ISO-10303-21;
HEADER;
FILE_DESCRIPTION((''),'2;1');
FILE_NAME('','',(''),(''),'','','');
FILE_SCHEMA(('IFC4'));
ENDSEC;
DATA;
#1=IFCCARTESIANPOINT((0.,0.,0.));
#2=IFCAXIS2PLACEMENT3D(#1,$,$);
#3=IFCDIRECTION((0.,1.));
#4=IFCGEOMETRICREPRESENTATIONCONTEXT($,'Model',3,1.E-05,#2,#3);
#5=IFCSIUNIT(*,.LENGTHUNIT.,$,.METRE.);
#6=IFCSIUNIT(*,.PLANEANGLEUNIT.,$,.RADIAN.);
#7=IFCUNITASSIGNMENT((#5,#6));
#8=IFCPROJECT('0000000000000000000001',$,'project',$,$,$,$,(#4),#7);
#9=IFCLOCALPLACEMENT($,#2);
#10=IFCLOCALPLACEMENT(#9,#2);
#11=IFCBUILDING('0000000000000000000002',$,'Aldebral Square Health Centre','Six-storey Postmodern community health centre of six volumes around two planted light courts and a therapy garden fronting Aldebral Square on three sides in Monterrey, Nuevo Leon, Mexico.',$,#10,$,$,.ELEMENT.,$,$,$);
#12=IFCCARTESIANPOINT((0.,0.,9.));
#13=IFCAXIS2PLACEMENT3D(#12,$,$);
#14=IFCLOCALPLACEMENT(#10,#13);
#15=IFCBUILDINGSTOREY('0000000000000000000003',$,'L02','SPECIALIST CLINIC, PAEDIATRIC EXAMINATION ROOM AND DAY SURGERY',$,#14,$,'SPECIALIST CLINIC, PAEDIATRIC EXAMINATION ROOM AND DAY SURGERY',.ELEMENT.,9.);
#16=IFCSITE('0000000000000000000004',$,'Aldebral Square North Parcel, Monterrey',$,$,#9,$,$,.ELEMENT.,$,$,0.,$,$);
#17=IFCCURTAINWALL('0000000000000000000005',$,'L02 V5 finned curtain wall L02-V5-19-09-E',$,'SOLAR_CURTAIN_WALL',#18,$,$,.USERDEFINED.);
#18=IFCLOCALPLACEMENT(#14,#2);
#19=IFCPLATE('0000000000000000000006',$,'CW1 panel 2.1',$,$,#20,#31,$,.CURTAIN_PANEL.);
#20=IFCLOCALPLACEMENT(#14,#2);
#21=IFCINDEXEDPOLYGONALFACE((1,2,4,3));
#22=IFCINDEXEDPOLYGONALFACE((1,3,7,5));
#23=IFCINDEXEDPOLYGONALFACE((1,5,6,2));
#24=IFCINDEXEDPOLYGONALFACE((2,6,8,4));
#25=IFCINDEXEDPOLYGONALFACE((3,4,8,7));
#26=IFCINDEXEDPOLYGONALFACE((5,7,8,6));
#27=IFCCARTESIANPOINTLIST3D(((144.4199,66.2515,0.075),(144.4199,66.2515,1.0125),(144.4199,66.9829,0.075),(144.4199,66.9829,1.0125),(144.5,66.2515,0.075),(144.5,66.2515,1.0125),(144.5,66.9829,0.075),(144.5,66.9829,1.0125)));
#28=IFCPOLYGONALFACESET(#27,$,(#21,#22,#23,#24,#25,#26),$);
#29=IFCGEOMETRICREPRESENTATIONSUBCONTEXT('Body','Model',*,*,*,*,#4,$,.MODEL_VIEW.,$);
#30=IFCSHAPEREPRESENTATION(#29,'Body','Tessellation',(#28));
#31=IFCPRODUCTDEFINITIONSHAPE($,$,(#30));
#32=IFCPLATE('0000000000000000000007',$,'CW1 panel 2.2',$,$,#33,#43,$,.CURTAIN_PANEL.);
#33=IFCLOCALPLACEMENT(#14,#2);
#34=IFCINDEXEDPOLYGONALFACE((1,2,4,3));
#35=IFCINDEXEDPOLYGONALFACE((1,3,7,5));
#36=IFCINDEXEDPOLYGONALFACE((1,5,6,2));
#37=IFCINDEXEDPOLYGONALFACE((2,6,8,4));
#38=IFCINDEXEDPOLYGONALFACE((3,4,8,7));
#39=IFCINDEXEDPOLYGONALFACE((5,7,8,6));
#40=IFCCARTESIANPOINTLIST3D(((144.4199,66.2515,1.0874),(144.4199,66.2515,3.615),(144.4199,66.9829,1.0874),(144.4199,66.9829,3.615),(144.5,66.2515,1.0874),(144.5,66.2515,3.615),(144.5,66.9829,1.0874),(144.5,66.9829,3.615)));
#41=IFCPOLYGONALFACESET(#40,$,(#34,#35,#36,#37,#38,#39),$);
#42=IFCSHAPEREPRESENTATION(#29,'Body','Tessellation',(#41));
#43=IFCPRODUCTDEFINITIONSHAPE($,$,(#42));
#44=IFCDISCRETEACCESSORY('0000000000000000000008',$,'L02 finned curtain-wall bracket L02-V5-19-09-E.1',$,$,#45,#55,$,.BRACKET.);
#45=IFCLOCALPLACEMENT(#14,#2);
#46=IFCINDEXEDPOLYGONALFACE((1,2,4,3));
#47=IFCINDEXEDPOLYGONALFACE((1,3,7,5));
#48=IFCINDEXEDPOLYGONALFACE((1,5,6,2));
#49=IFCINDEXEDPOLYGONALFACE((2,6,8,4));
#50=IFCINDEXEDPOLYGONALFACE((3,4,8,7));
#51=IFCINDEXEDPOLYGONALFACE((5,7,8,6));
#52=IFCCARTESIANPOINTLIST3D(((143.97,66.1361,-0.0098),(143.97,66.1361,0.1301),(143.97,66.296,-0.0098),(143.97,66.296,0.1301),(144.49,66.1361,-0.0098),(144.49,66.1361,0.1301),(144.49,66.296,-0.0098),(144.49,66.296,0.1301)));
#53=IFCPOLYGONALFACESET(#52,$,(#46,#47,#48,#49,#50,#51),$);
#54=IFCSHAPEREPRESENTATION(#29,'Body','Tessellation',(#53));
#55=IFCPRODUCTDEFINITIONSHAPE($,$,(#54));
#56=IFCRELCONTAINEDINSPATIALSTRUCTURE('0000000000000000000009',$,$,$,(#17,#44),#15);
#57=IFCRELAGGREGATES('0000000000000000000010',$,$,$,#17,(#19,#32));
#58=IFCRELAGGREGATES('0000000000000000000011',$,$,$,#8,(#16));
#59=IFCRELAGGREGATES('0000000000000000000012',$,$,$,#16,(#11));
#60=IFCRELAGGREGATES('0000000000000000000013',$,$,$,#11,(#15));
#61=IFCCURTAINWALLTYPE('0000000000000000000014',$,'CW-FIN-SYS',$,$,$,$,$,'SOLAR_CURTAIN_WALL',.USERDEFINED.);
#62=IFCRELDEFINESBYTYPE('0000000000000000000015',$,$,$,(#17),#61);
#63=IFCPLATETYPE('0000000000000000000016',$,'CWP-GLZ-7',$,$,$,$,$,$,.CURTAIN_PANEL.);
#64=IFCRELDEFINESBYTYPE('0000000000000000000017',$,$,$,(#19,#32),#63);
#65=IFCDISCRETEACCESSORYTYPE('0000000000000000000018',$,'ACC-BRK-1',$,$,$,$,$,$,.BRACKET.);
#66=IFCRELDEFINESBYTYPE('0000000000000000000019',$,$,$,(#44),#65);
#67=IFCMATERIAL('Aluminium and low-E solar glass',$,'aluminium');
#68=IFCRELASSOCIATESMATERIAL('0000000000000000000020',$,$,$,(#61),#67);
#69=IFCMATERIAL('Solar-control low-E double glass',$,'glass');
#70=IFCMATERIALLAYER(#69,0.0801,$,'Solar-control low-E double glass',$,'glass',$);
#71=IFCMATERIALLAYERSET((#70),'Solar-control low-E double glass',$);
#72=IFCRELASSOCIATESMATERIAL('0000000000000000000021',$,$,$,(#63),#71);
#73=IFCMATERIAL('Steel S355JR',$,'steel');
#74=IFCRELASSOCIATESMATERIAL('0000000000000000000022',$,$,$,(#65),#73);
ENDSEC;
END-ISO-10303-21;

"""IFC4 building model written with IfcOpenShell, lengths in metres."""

from ifc_helpers import new_model, si_unit, direction, frame, origin, origin_2d, place, context, subcontext, project, spatial, rectangle, extrude, material, layer, layer_set, type_object, element, aggregate, save


model = new_model("IFC4")

# Units and contexts
model_context = context("Model", 3, precision=1e-05, world=origin(), true_north=direction((0.0, 1.0)))
body_context = subcontext(model_context, "Body", "Model", "MODEL_VIEW")
ifc_project = project(units=[si_unit("LENGTHUNIT", "METRE"), si_unit("PLANEANGLEUNIT", "RADIAN")], contexts=[model_context])

# Site, building, storey
site_placement = place(None, origin())
site = spatial("IfcSite", under=ifc_project, at=site_placement, Name="Aldebral Square North Parcel, Monterrey", CompositionType="ELEMENT", RefElevation=0.0)
building_placement = place(site_placement, origin())
building = spatial("IfcBuilding", under=site, at=building_placement, Name="Aldebral Square Health Centre", Description="Six-storey Postmodern community health centre of six volumes around two planted light courts and a therapy garden fronting Aldebral Square on three sides in Monterrey, Nuevo Leon, Mexico.", CompositionType="ELEMENT")
storey_placement = place(building_placement, frame((0.0, 0.0, 9.0)))
storey = spatial("IfcBuildingStorey", under=building, at=storey_placement, Name="L02", Description="SPECIALIST CLINIC, PAEDIATRIC EXAMINATION ROOM AND DAY SURGERY", LongName="SPECIALIST CLINIC, PAEDIATRIC EXAMINATION ROOM AND DAY SURGERY", CompositionType="ELEMENT", Elevation=9.0)

# Curtain wall, plates
ifc_material_1 = material(Name="Aluminium and low-E solar glass", Category="aluminium")
curtain_wall_type = type_object("IfcCurtainWallType", Name="CW-FIN-SYS", ElementType="SOLAR_CURTAIN_WALL", PredefinedType="USERDEFINED", material=ifc_material_1)
curtain_wall_placement = place(storey_placement, origin())
curtain_wall = element("IfcCurtainWall", 1, at=curtain_wall_placement, inside=storey, type_object=curtain_wall_type, Name="L02 V5 finned curtain wall L02-V5-19-09-E", ObjectType="SOLAR_CURTAIN_WALL", PredefinedType="USERDEFINED")
ifc_material_2 = material(Name="Solar-control low-E double glass", Category="glass")
ifc_layer_1 = layer(ifc_material_2, 0.0801, Name="Solar-control low-E double glass", Category="glass")
ifc_layer_set_1 = layer_set([ifc_layer_1], Name="Solar-control low-E double glass")
plate_type = type_object("IfcPlateType", Name="CWP-GLZ-7", PredefinedType="CURTAIN_PANEL", material=ifc_layer_set_1)
plate_1_placement = place(storey_placement, frame((144.46, 66.6172, 0.075), z_axis=(0.0, 0.0, 1.0), x_axis=(0.0, 1.0, 0.0)))
plate_1 = element("IfcPlate", 2, at=plate_1_placement, type_object=plate_type, Name="CW1 panel 2.1", PredefinedType="CURTAIN_PANEL", context=body_context, shape_type="SweptSolid", body=[
    extrude(rectangle(XDim=0.7314, YDim=0.0801, at=origin_2d()), origin(), (0.0, 0.0, 1.0), 0.9375),
])
plate_2_placement = place(storey_placement, frame((144.46, 66.6172, 1.0874), z_axis=(0.0, 0.0, 1.0), x_axis=(0.0, 1.0, 0.0)))
plate_2 = element("IfcPlate", 3, at=plate_2_placement, type_object=plate_type, Name="CW1 panel 2.2", PredefinedType="CURTAIN_PANEL", context=body_context, shape_type="SweptSolid", body=[
    extrude(rectangle(XDim=0.7314, YDim=0.0801, at=origin_2d()), origin(), (0.0, 0.0, 1.0), 2.5276),
])
aggregate(curtain_wall, [plate_1, plate_2])

# Discrete accessory
ifc_material_3 = material(Name="Steel S355JR", Category="steel")
discrete_accessory_type = type_object("IfcDiscreteAccessoryType", Name="ACC-BRK-1", PredefinedType="BRACKET", material=ifc_material_3)
discrete_accessory_placement = place(storey_placement, frame((144.23, 66.2161, -0.0098), z_axis=(0.0, 0.0, 1.0), x_axis=(0.0, 1.0, 0.0)))
element("IfcDiscreteAccessory", 4, at=discrete_accessory_placement, inside=storey, type_object=discrete_accessory_type, Name="L02 finned curtain-wall bracket L02-V5-19-09-E.1", PredefinedType="BRACKET", context=body_context, shape_type="SweptSolid", body=[
    extrude(rectangle(XDim=0.1599, YDim=0.52, at=origin_2d()), origin(), (0.0, 0.0, 1.0), 0.1399),
])

save(model, "model.ifc")
